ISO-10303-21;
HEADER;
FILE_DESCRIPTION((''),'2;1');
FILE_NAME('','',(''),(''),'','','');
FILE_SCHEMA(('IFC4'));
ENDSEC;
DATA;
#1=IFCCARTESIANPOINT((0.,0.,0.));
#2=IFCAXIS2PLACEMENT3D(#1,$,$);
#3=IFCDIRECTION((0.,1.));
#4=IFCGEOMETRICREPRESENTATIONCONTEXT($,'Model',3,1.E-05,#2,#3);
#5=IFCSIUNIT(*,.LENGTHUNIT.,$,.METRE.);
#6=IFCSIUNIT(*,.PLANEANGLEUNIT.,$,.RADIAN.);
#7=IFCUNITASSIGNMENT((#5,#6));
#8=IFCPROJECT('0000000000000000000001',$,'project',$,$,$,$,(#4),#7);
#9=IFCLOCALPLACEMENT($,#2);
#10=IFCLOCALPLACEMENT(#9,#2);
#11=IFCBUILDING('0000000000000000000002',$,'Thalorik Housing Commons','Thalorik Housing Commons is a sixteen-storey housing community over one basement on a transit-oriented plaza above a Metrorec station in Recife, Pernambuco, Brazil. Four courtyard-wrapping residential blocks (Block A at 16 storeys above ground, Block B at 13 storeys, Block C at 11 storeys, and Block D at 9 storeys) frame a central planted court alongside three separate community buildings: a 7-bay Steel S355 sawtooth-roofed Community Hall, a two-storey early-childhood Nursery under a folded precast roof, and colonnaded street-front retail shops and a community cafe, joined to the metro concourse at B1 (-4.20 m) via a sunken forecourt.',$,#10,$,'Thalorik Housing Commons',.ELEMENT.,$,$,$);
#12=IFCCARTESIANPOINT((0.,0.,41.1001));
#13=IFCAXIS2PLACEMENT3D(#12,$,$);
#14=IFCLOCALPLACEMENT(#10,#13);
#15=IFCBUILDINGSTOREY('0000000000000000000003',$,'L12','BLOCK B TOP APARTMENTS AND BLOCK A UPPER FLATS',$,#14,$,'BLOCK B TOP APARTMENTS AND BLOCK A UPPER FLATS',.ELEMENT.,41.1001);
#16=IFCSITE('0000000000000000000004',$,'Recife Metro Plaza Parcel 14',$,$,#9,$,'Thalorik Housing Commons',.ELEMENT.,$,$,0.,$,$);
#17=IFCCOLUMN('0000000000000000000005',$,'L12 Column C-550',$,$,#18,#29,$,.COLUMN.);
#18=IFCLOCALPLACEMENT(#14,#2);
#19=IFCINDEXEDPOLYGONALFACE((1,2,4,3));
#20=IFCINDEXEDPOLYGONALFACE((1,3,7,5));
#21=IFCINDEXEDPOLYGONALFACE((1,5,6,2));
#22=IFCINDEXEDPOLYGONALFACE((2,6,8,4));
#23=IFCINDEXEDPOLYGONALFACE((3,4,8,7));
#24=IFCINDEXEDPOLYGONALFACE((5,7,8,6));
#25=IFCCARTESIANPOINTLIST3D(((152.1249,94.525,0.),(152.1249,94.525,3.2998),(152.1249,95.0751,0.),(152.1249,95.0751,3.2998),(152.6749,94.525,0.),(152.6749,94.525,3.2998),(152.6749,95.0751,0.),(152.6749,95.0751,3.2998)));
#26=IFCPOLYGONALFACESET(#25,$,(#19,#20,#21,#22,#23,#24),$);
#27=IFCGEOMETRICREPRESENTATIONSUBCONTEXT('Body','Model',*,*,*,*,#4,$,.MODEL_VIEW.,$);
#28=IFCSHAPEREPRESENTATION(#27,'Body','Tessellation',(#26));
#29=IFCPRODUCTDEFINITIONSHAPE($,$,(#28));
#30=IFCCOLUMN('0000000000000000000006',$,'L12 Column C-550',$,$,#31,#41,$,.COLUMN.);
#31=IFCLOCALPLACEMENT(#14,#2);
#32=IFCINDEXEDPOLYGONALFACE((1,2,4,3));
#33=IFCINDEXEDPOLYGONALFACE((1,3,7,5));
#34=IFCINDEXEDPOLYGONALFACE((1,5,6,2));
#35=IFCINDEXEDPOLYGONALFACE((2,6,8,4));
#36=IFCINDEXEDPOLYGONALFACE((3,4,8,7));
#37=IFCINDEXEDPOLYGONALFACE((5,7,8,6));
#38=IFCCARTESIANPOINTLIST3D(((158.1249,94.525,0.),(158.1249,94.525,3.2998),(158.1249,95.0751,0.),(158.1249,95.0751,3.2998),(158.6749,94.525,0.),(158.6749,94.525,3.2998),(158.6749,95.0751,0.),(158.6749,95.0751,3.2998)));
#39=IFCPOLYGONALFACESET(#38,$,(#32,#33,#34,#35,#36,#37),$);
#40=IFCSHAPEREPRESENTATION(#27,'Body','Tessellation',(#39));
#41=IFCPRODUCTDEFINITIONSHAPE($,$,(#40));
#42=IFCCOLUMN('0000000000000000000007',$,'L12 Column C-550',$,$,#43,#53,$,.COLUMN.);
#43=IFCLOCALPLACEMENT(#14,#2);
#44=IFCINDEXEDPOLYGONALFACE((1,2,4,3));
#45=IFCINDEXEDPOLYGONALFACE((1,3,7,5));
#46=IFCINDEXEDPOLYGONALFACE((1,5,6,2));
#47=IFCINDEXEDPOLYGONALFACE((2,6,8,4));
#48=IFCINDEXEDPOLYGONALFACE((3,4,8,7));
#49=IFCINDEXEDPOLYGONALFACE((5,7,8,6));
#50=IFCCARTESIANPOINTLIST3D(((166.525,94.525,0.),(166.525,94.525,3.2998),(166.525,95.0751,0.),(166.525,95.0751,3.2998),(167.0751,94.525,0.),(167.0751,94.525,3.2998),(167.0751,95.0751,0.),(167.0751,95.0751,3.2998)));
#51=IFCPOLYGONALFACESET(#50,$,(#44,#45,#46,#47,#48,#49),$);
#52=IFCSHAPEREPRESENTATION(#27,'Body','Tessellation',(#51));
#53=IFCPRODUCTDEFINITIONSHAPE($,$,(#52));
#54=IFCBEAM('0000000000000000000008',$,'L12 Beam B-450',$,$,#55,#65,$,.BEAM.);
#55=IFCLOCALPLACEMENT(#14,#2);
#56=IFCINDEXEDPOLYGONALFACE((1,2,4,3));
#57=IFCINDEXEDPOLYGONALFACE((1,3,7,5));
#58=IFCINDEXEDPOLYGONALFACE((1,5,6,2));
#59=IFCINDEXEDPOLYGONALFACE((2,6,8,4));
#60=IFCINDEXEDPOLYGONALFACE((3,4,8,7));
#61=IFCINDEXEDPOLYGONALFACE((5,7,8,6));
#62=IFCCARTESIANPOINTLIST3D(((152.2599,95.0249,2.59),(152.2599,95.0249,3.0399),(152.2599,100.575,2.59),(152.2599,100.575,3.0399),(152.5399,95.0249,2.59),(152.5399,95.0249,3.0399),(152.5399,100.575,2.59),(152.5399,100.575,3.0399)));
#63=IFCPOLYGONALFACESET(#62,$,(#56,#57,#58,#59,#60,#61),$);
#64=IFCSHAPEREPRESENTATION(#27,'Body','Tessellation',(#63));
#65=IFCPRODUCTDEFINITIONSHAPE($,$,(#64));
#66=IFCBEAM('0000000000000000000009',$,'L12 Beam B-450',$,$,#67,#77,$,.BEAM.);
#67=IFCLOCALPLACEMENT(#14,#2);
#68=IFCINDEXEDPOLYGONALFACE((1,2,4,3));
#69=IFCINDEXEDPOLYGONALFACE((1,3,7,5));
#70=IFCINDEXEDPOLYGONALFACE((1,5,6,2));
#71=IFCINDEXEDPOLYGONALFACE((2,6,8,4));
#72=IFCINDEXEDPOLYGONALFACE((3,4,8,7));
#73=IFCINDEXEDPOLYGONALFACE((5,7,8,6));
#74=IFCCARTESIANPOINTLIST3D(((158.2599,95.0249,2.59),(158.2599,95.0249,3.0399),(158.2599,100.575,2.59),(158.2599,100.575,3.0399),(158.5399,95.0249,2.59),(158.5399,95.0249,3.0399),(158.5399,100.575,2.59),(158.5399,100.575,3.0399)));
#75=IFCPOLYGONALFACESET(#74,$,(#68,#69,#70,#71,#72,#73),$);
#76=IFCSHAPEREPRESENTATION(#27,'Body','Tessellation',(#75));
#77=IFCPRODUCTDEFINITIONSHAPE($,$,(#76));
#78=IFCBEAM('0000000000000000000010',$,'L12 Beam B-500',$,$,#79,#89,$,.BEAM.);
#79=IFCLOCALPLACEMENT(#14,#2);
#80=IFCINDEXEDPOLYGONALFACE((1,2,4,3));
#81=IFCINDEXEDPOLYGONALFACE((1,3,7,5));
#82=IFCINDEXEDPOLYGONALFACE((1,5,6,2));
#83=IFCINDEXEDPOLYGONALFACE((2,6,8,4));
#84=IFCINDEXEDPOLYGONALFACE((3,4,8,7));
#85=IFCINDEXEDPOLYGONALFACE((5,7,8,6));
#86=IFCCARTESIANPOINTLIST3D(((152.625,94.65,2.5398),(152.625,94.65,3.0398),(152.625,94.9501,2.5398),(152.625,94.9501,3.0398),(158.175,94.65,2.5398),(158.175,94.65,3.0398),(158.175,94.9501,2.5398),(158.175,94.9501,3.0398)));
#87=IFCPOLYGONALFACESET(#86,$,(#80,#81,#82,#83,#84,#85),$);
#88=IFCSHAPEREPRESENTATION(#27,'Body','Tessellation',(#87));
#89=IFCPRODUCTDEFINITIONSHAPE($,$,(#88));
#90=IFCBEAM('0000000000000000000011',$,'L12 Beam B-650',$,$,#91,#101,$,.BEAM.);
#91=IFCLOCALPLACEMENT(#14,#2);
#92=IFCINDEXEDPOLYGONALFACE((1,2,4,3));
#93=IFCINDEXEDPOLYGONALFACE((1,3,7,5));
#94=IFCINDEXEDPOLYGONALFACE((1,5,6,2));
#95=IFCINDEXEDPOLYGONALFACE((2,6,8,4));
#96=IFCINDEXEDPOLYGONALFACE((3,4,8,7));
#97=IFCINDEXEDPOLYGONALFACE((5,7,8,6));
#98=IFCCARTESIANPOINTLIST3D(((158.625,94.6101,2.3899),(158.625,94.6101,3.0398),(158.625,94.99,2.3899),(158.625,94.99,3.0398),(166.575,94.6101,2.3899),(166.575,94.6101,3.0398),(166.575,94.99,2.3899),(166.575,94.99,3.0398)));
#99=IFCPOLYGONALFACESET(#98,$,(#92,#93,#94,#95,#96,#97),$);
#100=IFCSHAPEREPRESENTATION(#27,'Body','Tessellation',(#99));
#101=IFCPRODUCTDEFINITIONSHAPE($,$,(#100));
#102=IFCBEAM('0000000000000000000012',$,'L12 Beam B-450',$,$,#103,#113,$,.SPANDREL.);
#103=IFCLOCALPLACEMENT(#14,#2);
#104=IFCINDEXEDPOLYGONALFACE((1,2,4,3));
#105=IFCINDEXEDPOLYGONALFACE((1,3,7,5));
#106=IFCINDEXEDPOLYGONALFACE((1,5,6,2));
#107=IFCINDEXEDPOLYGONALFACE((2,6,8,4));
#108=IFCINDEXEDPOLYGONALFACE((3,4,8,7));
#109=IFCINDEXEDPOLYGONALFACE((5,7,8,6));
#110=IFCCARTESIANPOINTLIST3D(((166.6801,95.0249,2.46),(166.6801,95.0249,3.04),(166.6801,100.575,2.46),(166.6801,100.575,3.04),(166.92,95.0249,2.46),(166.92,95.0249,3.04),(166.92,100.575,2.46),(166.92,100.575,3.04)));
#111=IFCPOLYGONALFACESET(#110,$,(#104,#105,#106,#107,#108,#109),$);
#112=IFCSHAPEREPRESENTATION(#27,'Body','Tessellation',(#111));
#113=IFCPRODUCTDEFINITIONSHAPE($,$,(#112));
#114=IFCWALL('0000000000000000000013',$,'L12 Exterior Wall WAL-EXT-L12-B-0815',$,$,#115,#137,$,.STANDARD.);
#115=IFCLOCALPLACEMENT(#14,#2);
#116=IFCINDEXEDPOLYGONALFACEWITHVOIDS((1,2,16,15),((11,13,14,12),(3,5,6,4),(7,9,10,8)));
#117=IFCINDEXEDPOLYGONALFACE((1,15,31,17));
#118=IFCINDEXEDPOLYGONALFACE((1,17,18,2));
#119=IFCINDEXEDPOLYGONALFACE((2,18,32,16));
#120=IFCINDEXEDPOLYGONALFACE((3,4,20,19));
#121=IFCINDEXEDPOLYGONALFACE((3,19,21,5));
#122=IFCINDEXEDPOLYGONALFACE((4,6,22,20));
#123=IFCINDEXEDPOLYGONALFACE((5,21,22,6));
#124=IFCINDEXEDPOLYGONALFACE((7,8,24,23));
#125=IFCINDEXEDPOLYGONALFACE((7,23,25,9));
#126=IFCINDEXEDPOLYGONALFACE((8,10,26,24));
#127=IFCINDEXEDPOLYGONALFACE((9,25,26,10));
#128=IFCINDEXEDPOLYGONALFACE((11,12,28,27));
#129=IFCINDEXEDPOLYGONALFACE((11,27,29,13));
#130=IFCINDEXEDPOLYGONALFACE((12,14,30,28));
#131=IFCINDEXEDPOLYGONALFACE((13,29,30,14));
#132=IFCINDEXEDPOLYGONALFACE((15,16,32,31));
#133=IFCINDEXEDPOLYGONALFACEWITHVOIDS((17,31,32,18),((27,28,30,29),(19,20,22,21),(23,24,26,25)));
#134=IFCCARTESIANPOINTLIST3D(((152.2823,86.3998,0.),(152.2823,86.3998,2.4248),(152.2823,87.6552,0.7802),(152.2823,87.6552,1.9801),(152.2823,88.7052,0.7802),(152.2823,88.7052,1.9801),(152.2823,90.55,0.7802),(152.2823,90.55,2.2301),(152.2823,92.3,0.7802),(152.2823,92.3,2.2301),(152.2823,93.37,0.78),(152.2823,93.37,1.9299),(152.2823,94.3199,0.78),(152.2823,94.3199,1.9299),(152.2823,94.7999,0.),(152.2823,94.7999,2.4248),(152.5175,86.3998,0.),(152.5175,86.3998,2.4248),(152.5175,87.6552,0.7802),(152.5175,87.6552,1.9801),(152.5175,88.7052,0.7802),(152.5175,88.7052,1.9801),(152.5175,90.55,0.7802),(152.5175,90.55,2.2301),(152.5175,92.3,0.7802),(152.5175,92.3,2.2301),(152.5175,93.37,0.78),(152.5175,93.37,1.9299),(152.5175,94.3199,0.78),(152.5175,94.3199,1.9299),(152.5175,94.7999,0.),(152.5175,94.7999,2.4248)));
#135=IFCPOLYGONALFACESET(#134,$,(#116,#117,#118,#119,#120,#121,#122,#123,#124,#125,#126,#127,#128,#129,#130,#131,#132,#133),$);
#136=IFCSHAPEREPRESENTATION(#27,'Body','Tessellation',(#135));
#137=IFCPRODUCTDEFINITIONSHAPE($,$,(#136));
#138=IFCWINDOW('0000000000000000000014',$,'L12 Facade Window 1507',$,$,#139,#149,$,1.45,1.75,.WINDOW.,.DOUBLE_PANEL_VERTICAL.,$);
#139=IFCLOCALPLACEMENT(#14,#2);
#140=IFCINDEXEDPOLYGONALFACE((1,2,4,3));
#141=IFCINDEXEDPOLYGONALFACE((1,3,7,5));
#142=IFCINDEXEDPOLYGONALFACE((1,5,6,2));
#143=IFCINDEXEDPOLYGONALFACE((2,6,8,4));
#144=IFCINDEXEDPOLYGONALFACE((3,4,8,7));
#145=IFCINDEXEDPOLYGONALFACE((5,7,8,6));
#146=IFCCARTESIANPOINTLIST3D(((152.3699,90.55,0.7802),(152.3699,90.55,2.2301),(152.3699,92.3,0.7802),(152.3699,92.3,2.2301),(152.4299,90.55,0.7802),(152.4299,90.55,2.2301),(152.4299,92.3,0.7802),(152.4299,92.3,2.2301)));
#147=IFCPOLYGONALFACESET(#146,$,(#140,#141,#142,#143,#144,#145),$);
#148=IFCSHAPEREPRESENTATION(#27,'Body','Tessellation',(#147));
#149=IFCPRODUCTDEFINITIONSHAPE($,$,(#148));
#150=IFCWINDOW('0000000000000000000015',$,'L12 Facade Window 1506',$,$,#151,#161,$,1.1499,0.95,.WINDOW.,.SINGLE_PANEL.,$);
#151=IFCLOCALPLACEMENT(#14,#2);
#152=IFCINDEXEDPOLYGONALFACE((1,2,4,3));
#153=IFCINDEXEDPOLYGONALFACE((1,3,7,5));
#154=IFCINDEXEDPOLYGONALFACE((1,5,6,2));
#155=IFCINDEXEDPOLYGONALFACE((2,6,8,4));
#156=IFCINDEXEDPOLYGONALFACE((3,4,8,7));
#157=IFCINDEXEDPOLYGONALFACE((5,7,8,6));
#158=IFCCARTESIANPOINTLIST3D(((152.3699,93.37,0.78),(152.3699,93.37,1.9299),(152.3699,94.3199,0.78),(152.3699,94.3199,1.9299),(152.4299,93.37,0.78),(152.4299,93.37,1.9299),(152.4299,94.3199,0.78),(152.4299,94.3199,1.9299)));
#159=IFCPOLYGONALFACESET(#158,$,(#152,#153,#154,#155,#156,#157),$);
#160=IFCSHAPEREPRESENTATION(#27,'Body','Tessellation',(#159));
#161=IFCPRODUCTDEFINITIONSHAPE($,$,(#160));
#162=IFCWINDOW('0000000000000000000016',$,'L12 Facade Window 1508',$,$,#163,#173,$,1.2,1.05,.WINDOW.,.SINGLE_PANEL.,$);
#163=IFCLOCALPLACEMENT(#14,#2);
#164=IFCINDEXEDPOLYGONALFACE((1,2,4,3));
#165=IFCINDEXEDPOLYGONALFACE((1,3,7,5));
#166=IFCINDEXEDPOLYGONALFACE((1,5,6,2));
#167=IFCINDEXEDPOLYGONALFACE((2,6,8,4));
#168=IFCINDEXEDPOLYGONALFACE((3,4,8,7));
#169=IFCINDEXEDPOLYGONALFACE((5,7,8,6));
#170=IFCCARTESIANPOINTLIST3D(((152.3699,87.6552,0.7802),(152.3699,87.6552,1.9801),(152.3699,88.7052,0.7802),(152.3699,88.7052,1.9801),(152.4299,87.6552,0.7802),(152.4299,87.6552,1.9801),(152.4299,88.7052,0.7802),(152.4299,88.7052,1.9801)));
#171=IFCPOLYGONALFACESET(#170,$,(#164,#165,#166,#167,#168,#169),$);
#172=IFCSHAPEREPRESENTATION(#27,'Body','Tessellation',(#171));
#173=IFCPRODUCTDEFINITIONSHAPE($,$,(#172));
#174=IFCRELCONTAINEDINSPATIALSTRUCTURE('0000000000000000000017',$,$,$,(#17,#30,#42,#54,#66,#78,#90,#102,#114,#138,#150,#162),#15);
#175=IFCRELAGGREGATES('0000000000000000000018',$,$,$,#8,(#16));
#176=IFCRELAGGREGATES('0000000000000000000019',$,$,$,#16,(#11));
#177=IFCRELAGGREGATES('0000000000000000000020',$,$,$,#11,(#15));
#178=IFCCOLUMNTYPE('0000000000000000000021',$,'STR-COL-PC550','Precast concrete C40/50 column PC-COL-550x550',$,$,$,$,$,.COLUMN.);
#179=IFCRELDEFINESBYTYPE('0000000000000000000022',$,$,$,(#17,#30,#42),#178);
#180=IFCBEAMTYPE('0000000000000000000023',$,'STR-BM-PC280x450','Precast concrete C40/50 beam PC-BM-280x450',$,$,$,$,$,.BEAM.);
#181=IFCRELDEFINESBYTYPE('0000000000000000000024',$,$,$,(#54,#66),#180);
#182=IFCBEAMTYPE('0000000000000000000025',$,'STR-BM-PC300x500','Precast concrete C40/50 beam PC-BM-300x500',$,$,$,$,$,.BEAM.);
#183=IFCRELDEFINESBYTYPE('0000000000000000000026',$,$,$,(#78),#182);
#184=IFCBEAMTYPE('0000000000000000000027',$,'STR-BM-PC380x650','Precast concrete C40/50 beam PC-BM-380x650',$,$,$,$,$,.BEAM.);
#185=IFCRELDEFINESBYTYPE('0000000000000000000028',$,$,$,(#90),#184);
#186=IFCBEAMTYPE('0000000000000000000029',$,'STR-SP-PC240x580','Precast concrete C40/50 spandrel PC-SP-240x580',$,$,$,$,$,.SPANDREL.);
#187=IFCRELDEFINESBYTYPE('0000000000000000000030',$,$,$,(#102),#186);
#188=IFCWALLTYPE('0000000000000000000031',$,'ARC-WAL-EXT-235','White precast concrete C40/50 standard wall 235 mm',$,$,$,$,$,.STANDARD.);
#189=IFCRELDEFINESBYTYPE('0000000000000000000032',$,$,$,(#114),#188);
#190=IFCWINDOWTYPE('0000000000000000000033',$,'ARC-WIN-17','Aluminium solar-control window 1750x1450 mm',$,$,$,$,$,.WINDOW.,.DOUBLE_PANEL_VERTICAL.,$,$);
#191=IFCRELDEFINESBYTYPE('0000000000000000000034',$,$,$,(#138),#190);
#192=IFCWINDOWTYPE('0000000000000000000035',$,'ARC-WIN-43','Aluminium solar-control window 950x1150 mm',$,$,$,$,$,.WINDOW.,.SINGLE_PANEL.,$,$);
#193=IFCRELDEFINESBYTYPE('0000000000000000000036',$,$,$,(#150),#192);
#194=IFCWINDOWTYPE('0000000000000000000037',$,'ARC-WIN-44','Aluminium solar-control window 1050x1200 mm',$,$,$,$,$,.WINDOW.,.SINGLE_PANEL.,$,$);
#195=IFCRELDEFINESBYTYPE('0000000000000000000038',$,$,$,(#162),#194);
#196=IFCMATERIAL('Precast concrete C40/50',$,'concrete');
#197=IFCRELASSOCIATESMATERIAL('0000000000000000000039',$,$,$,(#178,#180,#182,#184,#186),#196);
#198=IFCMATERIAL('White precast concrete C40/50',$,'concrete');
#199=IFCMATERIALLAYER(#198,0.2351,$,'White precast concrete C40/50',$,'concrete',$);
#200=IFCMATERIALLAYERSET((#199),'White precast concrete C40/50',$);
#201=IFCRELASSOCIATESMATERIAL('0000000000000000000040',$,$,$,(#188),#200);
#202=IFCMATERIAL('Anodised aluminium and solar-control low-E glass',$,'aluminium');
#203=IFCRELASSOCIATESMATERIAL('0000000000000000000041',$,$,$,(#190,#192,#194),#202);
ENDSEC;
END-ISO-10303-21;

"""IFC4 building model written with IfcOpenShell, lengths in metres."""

from ifc_helpers import new_model, si_unit, direction, frame, frame_2d, origin, origin_2d, place, context, subcontext, project, spatial, rectangle, extrude, material, layer, layer_set, material_profile, profile_set, type_object, element, fill, save


model = new_model("IFC4")

# Units and contexts
model_context = context("Model", 3, precision=1e-05, world=origin(), true_north=direction((0.0, 1.0)))
body_context = subcontext(model_context, "Body", "Model", "MODEL_VIEW")
ifc_project = project(units=[si_unit("LENGTHUNIT", "METRE"), si_unit("PLANEANGLEUNIT", "RADIAN")], contexts=[model_context])

# Site, building, storey
site_placement = place(None, origin())
site = spatial("IfcSite", under=ifc_project, at=site_placement, Name="Recife Metro Plaza Parcel 14", LongName="Thalorik Housing Commons", CompositionType="ELEMENT", RefElevation=0.0)
building_placement = place(site_placement, origin())
building = spatial("IfcBuilding", under=site, at=building_placement, Name="Thalorik Housing Commons", Description="Thalorik Housing Commons is a sixteen-storey housing community over one basement on a transit-oriented plaza above a Metrorec station in Recife, Pernambuco, Brazil. Four courtyard-wrapping residential blocks (Block A at 16 storeys above ground, Block B at 13 storeys, Block C at 11 storeys, and Block D at 9 storeys) frame a central planted court alongside three separate community buildings: a 7-bay Steel S355 sawtooth-roofed Community Hall, a two-storey early-childhood Nursery under a folded precast roof, and colonnaded street-front retail shops and a community cafe, joined to the metro concourse at B1 (-4.20 m) via a sunken forecourt.", LongName="Thalorik Housing Commons", CompositionType="ELEMENT")
storey_placement = place(building_placement, frame((0.0, 0.0, 41.1001)))
storey = spatial("IfcBuildingStorey", under=building, at=storey_placement, Name="L12", Description="BLOCK B TOP APARTMENTS AND BLOCK A UPPER FLATS", LongName="BLOCK B TOP APARTMENTS AND BLOCK A UPPER FLATS", CompositionType="ELEMENT", Elevation=41.1001)

# Columns
ifc_material_1 = material(Name="Precast concrete C40/50", Category="concrete")
ifc_material_profile_1 = material_profile(ifc_material_1, rectangle(XDim=0.55, YDim=0.55, at=origin_2d()), Name="PC 550x550", Category="concrete")
ifc_profile_set_1 = profile_set([ifc_material_profile_1], Name="Precast concrete C40/50")
column_type = type_object("IfcColumnType", Name="STR-COL-PC550", Description="Precast concrete C40/50 column PC-COL-550x550", PredefinedType="COLUMN", material=ifc_profile_set_1)
for number, where, z_axis, x_axis, name in (
    (1, (152.3999, 94.8, 0.0), (0.0, 0.0, 1.0), (1.0, 0.0, 0.0), "L12 Column C-550"),
    (2, (158.3999, 94.8, 0.0), (0.0, 0.0, 1.0), (1.0, 0.0, 0.0), "L12 Column C-550"),
    (3, (166.8, 94.8, 0.0), (0.0, 0.0, 1.0), (1.0, 0.0, 0.0), "L12 Column C-550"),
):
    element("IfcColumn", number, at=place(storey_placement, frame(where, z_axis=z_axis, x_axis=x_axis)), inside=storey, type_object=column_type, Name=name, PredefinedType="COLUMN", context=body_context, shape_type="SweptSolid", body=[
        extrude(rectangle(XDim=0.55, YDim=0.55, at=origin_2d()), origin(), (0.0, 0.0, 1.0), 3.2998),
    ])

# Beams
ifc_material_profile_2 = material_profile(ifc_material_1, rectangle(XDim=0.28, YDim=0.45, at=origin_2d()), Name="PC 280x450", Category="concrete")
ifc_profile_set_2 = profile_set([ifc_material_profile_2], Name="Precast concrete C40/50")
beam_type_1 = type_object("IfcBeamType", Name="STR-BM-PC280x450", Description="Precast concrete C40/50 beam PC-BM-280x450", PredefinedType="BEAM", material=ifc_profile_set_2)
for number, where, z_axis, x_axis, name in (
    (4, (152.3999, 95.0249, 2.8149), (0.0, 1.0, 0.0), (-1.0, 0.0, 0.0), "L12 Beam B-450"),
    (5, (158.3999, 95.0249, 2.8149), (0.0, 1.0, 0.0), (-1.0, 0.0, 0.0), "L12 Beam B-450"),
):
    element("IfcBeam", number, at=place(storey_placement, frame(where, z_axis=z_axis, x_axis=x_axis)), inside=storey, type_object=beam_type_1, Name=name, PredefinedType="BEAM", context=body_context, shape_type="SweptSolid", body=[
        extrude(rectangle(XDim=0.28, YDim=0.45, at=origin_2d()), origin(), (0.0, 0.0, 1.0), 5.55),
    ])
ifc_material_profile_3 = material_profile(ifc_material_1, rectangle(XDim=0.3, YDim=0.5, at=origin_2d()), Name="PC 300x500", Category="concrete")
ifc_profile_set_3 = profile_set([ifc_material_profile_3], Name="Precast concrete C40/50")
beam_type_2 = type_object("IfcBeamType", Name="STR-BM-PC300x500", Description="Precast concrete C40/50 beam PC-BM-300x500", PredefinedType="BEAM", material=ifc_profile_set_3)
beam_1_placement = place(storey_placement, frame((152.625, 94.8, 2.7898), z_axis=(1.0, 0.0, 0.0), x_axis=(0.0, 1.0, 0.0)))
element("IfcBeam", 6, at=beam_1_placement, inside=storey, type_object=beam_type_2, Name="L12 Beam B-500", PredefinedType="BEAM", context=body_context, shape_type="SweptSolid", body=[
    extrude(rectangle(XDim=0.3, YDim=0.5, at=origin_2d()), origin(), (0.0, 0.0, 1.0), 5.55),
])
ifc_material_profile_4 = material_profile(ifc_material_1, rectangle(XDim=0.3799, YDim=0.6499, at=origin_2d()), Name="PC 380x650", Category="concrete")
ifc_profile_set_4 = profile_set([ifc_material_profile_4], Name="Precast concrete C40/50")
beam_type_3 = type_object("IfcBeamType", Name="STR-BM-PC380x650", Description="Precast concrete C40/50 beam PC-BM-380x650", PredefinedType="BEAM", material=ifc_profile_set_4)
beam_2_placement = place(storey_placement, frame((158.625, 94.8, 2.7148), z_axis=(1.0, 0.0, 0.0), x_axis=(0.0, 1.0, 0.0)))
element("IfcBeam", 7, at=beam_2_placement, inside=storey, type_object=beam_type_3, Name="L12 Beam B-650", PredefinedType="BEAM", context=body_context, shape_type="SweptSolid", body=[
    extrude(rectangle(XDim=0.3799, YDim=0.6499, at=origin_2d()), origin(), (0.0, 0.0, 1.0), 7.95),
])
ifc_material_profile_5 = material_profile(ifc_material_1, rectangle(XDim=0.24, YDim=0.5801, at=origin_2d()), Name="PC SP 240x580", Category="concrete")
ifc_profile_set_5 = profile_set([ifc_material_profile_5], Name="Precast concrete C40/50")
beam_type_4 = type_object("IfcBeamType", Name="STR-SP-PC240x580", Description="Precast concrete C40/50 spandrel PC-SP-240x580", PredefinedType="SPANDREL", material=ifc_profile_set_5)
beam_3_placement = place(storey_placement, frame((166.8, 95.0249, 2.75), z_axis=(0.0, 1.0, 0.0), x_axis=(-1.0, 0.0, 0.0)))
element("IfcBeam", 8, at=beam_3_placement, inside=storey, type_object=beam_type_4, Name="L12 Beam B-450", PredefinedType="SPANDREL", context=body_context, shape_type="SweptSolid", body=[
    extrude(rectangle(XDim=0.24, YDim=0.5801, at=origin_2d()), origin(), (0.0, 0.0, 1.0), 5.55),
])

# Wall, openings, windows
ifc_material_2 = material(Name="White precast concrete C40/50", Category="concrete")
ifc_layer_1 = layer(ifc_material_2, 0.2351, Name="White precast concrete C40/50", Category="concrete")
ifc_layer_set_1 = layer_set([ifc_layer_1], Name="White precast concrete C40/50")
wall_type_1 = type_object("IfcWallType", Name="ARC-WAL-EXT-235", Description="White precast concrete C40/50 standard wall 235 mm", PredefinedType="STANDARD", material=ifc_layer_set_1)
wall_1_placement = place(storey_placement, frame((152.3999, 94.8, 0.0), z_axis=(0.0, 0.0, 1.0), x_axis=(0.0, -1.0, 0.0)))
wall_1 = element("IfcWall", 9, at=wall_1_placement, inside=storey, type_object=wall_type_1, Name="L12 Exterior Wall WAL-EXT-L12-B-0815", PredefinedType="STANDARD", context=body_context, shape_type="SweptSolid", body=[
    extrude(rectangle(XDim=8.4001, YDim=0.2351, at=frame_2d((4.2002, 0.0))), origin(), (0.0, 0.0, 1.0), 2.4248),
])
opening_1_placement = place(wall_1_placement, frame((0.48, 0.0, 0.78)))
opening_1 = element("IfcOpeningElement", 10, at=opening_1_placement, cuts=wall_1, PredefinedType="OPENING", context=body_context, shape_type="SweptSolid", body=[
    extrude(rectangle(XDim=0.95, YDim=1.1499, at=frame_2d((0.4751, 0.575))), frame((0.0, 0.1274, 0.0), z_axis=(0.0, -1.0, 0.0), x_axis=(1.0, 0.0, 0.0)), (0.0, 0.0, 1.0), 0.2551),
])
opening_2_placement = place(wall_1_placement, frame((2.5, 0.0, 0.78)))
opening_2 = element("IfcOpeningElement", 11, at=opening_2_placement, cuts=wall_1, PredefinedType="OPENING", context=body_context, shape_type="SweptSolid", body=[
    extrude(rectangle(XDim=1.75, YDim=1.45, at=frame_2d((0.875, 0.7251))), frame((0.0, 0.1274, 0.0), z_axis=(0.0, -1.0, 0.0), x_axis=(1.0, 0.0, 0.0)), (0.0, 0.0, 1.0), 0.2551),
])
opening_3_placement = place(wall_1_placement, frame((6.095, 0.0, 0.78)))
opening_3 = element("IfcOpeningElement", 12, at=opening_3_placement, cuts=wall_1, PredefinedType="OPENING", context=body_context, shape_type="SweptSolid", body=[
    extrude(rectangle(XDim=1.05, YDim=1.2, at=frame_2d((0.5249, 0.6001))), frame((0.0, 0.1274, 0.0), z_axis=(0.0, -1.0, 0.0), x_axis=(1.0, 0.0, 0.0)), (0.0, 0.0, 1.0), 0.2551),
])
ifc_material_3 = material(Name="Anodised aluminium and solar-control low-E glass", Category="aluminium")
window_type_1 = type_object("IfcWindowType", Name="ARC-WIN-17", Description="Aluminium solar-control window 1750x1450 mm", PartitioningType="DOUBLE_PANEL_VERTICAL", PredefinedType="WINDOW", material=ifc_material_3)
window_1_placement = place(opening_2_placement, origin())
window_1 = element("IfcWindow", 13, at=window_1_placement, inside=storey, type_object=window_type_1, Name="L12 Facade Window 1507", OverallHeight=1.45, OverallWidth=1.75, PartitioningType="DOUBLE_PANEL_VERTICAL", PredefinedType="WINDOW", context=body_context, shape_type="SweptSolid", body=[
    extrude(rectangle(XDim=1.75, YDim=1.45, at=frame_2d((0.875, 0.7251))), frame((0.0, 0.03, 0.0), z_axis=(0.0, -1.0, 0.0), x_axis=(1.0, 0.0, 0.0)), (0.0, 0.0, 1.0), 0.0601),
])
fill(opening_2, window_1)
window_type_2 = type_object("IfcWindowType", Name="ARC-WIN-43", Description="Aluminium solar-control window 950x1150 mm", PartitioningType="SINGLE_PANEL", PredefinedType="WINDOW", material=ifc_material_3)
window_2_placement = place(opening_1_placement, origin())
window_2 = element("IfcWindow", 14, at=window_2_placement, inside=storey, type_object=window_type_2, Name="L12 Facade Window 1506", OverallHeight=1.1499, OverallWidth=0.95, PartitioningType="SINGLE_PANEL", PredefinedType="WINDOW", context=body_context, shape_type="SweptSolid", body=[
    extrude(rectangle(XDim=0.95, YDim=1.1499, at=frame_2d((0.4751, 0.575))), frame((0.0, 0.03, 0.0), z_axis=(0.0, -1.0, 0.0), x_axis=(1.0, 0.0, 0.0)), (0.0, 0.0, 1.0), 0.0601),
])
fill(opening_1, window_2)
window_type_3 = type_object("IfcWindowType", Name="ARC-WIN-44", Description="Aluminium solar-control window 1050x1200 mm", PartitioningType="SINGLE_PANEL", PredefinedType="WINDOW", material=ifc_material_3)
window_3_placement = place(opening_3_placement, origin())
window_3 = element("IfcWindow", 15, at=window_3_placement, inside=storey, type_object=window_type_3, Name="L12 Facade Window 1508", OverallHeight=1.2, OverallWidth=1.05, PartitioningType="SINGLE_PANEL", PredefinedType="WINDOW", context=body_context, shape_type="SweptSolid", body=[
    extrude(rectangle(XDim=1.05, YDim=1.2, at=frame_2d((0.5249, 0.6001))), frame((0.0, 0.03, 0.0), z_axis=(0.0, -1.0, 0.0), x_axis=(1.0, 0.0, 0.0)), (0.0, 0.0, 1.0), 0.0601),
])
fill(opening_3, window_3)

save(model, "model.ifc")
